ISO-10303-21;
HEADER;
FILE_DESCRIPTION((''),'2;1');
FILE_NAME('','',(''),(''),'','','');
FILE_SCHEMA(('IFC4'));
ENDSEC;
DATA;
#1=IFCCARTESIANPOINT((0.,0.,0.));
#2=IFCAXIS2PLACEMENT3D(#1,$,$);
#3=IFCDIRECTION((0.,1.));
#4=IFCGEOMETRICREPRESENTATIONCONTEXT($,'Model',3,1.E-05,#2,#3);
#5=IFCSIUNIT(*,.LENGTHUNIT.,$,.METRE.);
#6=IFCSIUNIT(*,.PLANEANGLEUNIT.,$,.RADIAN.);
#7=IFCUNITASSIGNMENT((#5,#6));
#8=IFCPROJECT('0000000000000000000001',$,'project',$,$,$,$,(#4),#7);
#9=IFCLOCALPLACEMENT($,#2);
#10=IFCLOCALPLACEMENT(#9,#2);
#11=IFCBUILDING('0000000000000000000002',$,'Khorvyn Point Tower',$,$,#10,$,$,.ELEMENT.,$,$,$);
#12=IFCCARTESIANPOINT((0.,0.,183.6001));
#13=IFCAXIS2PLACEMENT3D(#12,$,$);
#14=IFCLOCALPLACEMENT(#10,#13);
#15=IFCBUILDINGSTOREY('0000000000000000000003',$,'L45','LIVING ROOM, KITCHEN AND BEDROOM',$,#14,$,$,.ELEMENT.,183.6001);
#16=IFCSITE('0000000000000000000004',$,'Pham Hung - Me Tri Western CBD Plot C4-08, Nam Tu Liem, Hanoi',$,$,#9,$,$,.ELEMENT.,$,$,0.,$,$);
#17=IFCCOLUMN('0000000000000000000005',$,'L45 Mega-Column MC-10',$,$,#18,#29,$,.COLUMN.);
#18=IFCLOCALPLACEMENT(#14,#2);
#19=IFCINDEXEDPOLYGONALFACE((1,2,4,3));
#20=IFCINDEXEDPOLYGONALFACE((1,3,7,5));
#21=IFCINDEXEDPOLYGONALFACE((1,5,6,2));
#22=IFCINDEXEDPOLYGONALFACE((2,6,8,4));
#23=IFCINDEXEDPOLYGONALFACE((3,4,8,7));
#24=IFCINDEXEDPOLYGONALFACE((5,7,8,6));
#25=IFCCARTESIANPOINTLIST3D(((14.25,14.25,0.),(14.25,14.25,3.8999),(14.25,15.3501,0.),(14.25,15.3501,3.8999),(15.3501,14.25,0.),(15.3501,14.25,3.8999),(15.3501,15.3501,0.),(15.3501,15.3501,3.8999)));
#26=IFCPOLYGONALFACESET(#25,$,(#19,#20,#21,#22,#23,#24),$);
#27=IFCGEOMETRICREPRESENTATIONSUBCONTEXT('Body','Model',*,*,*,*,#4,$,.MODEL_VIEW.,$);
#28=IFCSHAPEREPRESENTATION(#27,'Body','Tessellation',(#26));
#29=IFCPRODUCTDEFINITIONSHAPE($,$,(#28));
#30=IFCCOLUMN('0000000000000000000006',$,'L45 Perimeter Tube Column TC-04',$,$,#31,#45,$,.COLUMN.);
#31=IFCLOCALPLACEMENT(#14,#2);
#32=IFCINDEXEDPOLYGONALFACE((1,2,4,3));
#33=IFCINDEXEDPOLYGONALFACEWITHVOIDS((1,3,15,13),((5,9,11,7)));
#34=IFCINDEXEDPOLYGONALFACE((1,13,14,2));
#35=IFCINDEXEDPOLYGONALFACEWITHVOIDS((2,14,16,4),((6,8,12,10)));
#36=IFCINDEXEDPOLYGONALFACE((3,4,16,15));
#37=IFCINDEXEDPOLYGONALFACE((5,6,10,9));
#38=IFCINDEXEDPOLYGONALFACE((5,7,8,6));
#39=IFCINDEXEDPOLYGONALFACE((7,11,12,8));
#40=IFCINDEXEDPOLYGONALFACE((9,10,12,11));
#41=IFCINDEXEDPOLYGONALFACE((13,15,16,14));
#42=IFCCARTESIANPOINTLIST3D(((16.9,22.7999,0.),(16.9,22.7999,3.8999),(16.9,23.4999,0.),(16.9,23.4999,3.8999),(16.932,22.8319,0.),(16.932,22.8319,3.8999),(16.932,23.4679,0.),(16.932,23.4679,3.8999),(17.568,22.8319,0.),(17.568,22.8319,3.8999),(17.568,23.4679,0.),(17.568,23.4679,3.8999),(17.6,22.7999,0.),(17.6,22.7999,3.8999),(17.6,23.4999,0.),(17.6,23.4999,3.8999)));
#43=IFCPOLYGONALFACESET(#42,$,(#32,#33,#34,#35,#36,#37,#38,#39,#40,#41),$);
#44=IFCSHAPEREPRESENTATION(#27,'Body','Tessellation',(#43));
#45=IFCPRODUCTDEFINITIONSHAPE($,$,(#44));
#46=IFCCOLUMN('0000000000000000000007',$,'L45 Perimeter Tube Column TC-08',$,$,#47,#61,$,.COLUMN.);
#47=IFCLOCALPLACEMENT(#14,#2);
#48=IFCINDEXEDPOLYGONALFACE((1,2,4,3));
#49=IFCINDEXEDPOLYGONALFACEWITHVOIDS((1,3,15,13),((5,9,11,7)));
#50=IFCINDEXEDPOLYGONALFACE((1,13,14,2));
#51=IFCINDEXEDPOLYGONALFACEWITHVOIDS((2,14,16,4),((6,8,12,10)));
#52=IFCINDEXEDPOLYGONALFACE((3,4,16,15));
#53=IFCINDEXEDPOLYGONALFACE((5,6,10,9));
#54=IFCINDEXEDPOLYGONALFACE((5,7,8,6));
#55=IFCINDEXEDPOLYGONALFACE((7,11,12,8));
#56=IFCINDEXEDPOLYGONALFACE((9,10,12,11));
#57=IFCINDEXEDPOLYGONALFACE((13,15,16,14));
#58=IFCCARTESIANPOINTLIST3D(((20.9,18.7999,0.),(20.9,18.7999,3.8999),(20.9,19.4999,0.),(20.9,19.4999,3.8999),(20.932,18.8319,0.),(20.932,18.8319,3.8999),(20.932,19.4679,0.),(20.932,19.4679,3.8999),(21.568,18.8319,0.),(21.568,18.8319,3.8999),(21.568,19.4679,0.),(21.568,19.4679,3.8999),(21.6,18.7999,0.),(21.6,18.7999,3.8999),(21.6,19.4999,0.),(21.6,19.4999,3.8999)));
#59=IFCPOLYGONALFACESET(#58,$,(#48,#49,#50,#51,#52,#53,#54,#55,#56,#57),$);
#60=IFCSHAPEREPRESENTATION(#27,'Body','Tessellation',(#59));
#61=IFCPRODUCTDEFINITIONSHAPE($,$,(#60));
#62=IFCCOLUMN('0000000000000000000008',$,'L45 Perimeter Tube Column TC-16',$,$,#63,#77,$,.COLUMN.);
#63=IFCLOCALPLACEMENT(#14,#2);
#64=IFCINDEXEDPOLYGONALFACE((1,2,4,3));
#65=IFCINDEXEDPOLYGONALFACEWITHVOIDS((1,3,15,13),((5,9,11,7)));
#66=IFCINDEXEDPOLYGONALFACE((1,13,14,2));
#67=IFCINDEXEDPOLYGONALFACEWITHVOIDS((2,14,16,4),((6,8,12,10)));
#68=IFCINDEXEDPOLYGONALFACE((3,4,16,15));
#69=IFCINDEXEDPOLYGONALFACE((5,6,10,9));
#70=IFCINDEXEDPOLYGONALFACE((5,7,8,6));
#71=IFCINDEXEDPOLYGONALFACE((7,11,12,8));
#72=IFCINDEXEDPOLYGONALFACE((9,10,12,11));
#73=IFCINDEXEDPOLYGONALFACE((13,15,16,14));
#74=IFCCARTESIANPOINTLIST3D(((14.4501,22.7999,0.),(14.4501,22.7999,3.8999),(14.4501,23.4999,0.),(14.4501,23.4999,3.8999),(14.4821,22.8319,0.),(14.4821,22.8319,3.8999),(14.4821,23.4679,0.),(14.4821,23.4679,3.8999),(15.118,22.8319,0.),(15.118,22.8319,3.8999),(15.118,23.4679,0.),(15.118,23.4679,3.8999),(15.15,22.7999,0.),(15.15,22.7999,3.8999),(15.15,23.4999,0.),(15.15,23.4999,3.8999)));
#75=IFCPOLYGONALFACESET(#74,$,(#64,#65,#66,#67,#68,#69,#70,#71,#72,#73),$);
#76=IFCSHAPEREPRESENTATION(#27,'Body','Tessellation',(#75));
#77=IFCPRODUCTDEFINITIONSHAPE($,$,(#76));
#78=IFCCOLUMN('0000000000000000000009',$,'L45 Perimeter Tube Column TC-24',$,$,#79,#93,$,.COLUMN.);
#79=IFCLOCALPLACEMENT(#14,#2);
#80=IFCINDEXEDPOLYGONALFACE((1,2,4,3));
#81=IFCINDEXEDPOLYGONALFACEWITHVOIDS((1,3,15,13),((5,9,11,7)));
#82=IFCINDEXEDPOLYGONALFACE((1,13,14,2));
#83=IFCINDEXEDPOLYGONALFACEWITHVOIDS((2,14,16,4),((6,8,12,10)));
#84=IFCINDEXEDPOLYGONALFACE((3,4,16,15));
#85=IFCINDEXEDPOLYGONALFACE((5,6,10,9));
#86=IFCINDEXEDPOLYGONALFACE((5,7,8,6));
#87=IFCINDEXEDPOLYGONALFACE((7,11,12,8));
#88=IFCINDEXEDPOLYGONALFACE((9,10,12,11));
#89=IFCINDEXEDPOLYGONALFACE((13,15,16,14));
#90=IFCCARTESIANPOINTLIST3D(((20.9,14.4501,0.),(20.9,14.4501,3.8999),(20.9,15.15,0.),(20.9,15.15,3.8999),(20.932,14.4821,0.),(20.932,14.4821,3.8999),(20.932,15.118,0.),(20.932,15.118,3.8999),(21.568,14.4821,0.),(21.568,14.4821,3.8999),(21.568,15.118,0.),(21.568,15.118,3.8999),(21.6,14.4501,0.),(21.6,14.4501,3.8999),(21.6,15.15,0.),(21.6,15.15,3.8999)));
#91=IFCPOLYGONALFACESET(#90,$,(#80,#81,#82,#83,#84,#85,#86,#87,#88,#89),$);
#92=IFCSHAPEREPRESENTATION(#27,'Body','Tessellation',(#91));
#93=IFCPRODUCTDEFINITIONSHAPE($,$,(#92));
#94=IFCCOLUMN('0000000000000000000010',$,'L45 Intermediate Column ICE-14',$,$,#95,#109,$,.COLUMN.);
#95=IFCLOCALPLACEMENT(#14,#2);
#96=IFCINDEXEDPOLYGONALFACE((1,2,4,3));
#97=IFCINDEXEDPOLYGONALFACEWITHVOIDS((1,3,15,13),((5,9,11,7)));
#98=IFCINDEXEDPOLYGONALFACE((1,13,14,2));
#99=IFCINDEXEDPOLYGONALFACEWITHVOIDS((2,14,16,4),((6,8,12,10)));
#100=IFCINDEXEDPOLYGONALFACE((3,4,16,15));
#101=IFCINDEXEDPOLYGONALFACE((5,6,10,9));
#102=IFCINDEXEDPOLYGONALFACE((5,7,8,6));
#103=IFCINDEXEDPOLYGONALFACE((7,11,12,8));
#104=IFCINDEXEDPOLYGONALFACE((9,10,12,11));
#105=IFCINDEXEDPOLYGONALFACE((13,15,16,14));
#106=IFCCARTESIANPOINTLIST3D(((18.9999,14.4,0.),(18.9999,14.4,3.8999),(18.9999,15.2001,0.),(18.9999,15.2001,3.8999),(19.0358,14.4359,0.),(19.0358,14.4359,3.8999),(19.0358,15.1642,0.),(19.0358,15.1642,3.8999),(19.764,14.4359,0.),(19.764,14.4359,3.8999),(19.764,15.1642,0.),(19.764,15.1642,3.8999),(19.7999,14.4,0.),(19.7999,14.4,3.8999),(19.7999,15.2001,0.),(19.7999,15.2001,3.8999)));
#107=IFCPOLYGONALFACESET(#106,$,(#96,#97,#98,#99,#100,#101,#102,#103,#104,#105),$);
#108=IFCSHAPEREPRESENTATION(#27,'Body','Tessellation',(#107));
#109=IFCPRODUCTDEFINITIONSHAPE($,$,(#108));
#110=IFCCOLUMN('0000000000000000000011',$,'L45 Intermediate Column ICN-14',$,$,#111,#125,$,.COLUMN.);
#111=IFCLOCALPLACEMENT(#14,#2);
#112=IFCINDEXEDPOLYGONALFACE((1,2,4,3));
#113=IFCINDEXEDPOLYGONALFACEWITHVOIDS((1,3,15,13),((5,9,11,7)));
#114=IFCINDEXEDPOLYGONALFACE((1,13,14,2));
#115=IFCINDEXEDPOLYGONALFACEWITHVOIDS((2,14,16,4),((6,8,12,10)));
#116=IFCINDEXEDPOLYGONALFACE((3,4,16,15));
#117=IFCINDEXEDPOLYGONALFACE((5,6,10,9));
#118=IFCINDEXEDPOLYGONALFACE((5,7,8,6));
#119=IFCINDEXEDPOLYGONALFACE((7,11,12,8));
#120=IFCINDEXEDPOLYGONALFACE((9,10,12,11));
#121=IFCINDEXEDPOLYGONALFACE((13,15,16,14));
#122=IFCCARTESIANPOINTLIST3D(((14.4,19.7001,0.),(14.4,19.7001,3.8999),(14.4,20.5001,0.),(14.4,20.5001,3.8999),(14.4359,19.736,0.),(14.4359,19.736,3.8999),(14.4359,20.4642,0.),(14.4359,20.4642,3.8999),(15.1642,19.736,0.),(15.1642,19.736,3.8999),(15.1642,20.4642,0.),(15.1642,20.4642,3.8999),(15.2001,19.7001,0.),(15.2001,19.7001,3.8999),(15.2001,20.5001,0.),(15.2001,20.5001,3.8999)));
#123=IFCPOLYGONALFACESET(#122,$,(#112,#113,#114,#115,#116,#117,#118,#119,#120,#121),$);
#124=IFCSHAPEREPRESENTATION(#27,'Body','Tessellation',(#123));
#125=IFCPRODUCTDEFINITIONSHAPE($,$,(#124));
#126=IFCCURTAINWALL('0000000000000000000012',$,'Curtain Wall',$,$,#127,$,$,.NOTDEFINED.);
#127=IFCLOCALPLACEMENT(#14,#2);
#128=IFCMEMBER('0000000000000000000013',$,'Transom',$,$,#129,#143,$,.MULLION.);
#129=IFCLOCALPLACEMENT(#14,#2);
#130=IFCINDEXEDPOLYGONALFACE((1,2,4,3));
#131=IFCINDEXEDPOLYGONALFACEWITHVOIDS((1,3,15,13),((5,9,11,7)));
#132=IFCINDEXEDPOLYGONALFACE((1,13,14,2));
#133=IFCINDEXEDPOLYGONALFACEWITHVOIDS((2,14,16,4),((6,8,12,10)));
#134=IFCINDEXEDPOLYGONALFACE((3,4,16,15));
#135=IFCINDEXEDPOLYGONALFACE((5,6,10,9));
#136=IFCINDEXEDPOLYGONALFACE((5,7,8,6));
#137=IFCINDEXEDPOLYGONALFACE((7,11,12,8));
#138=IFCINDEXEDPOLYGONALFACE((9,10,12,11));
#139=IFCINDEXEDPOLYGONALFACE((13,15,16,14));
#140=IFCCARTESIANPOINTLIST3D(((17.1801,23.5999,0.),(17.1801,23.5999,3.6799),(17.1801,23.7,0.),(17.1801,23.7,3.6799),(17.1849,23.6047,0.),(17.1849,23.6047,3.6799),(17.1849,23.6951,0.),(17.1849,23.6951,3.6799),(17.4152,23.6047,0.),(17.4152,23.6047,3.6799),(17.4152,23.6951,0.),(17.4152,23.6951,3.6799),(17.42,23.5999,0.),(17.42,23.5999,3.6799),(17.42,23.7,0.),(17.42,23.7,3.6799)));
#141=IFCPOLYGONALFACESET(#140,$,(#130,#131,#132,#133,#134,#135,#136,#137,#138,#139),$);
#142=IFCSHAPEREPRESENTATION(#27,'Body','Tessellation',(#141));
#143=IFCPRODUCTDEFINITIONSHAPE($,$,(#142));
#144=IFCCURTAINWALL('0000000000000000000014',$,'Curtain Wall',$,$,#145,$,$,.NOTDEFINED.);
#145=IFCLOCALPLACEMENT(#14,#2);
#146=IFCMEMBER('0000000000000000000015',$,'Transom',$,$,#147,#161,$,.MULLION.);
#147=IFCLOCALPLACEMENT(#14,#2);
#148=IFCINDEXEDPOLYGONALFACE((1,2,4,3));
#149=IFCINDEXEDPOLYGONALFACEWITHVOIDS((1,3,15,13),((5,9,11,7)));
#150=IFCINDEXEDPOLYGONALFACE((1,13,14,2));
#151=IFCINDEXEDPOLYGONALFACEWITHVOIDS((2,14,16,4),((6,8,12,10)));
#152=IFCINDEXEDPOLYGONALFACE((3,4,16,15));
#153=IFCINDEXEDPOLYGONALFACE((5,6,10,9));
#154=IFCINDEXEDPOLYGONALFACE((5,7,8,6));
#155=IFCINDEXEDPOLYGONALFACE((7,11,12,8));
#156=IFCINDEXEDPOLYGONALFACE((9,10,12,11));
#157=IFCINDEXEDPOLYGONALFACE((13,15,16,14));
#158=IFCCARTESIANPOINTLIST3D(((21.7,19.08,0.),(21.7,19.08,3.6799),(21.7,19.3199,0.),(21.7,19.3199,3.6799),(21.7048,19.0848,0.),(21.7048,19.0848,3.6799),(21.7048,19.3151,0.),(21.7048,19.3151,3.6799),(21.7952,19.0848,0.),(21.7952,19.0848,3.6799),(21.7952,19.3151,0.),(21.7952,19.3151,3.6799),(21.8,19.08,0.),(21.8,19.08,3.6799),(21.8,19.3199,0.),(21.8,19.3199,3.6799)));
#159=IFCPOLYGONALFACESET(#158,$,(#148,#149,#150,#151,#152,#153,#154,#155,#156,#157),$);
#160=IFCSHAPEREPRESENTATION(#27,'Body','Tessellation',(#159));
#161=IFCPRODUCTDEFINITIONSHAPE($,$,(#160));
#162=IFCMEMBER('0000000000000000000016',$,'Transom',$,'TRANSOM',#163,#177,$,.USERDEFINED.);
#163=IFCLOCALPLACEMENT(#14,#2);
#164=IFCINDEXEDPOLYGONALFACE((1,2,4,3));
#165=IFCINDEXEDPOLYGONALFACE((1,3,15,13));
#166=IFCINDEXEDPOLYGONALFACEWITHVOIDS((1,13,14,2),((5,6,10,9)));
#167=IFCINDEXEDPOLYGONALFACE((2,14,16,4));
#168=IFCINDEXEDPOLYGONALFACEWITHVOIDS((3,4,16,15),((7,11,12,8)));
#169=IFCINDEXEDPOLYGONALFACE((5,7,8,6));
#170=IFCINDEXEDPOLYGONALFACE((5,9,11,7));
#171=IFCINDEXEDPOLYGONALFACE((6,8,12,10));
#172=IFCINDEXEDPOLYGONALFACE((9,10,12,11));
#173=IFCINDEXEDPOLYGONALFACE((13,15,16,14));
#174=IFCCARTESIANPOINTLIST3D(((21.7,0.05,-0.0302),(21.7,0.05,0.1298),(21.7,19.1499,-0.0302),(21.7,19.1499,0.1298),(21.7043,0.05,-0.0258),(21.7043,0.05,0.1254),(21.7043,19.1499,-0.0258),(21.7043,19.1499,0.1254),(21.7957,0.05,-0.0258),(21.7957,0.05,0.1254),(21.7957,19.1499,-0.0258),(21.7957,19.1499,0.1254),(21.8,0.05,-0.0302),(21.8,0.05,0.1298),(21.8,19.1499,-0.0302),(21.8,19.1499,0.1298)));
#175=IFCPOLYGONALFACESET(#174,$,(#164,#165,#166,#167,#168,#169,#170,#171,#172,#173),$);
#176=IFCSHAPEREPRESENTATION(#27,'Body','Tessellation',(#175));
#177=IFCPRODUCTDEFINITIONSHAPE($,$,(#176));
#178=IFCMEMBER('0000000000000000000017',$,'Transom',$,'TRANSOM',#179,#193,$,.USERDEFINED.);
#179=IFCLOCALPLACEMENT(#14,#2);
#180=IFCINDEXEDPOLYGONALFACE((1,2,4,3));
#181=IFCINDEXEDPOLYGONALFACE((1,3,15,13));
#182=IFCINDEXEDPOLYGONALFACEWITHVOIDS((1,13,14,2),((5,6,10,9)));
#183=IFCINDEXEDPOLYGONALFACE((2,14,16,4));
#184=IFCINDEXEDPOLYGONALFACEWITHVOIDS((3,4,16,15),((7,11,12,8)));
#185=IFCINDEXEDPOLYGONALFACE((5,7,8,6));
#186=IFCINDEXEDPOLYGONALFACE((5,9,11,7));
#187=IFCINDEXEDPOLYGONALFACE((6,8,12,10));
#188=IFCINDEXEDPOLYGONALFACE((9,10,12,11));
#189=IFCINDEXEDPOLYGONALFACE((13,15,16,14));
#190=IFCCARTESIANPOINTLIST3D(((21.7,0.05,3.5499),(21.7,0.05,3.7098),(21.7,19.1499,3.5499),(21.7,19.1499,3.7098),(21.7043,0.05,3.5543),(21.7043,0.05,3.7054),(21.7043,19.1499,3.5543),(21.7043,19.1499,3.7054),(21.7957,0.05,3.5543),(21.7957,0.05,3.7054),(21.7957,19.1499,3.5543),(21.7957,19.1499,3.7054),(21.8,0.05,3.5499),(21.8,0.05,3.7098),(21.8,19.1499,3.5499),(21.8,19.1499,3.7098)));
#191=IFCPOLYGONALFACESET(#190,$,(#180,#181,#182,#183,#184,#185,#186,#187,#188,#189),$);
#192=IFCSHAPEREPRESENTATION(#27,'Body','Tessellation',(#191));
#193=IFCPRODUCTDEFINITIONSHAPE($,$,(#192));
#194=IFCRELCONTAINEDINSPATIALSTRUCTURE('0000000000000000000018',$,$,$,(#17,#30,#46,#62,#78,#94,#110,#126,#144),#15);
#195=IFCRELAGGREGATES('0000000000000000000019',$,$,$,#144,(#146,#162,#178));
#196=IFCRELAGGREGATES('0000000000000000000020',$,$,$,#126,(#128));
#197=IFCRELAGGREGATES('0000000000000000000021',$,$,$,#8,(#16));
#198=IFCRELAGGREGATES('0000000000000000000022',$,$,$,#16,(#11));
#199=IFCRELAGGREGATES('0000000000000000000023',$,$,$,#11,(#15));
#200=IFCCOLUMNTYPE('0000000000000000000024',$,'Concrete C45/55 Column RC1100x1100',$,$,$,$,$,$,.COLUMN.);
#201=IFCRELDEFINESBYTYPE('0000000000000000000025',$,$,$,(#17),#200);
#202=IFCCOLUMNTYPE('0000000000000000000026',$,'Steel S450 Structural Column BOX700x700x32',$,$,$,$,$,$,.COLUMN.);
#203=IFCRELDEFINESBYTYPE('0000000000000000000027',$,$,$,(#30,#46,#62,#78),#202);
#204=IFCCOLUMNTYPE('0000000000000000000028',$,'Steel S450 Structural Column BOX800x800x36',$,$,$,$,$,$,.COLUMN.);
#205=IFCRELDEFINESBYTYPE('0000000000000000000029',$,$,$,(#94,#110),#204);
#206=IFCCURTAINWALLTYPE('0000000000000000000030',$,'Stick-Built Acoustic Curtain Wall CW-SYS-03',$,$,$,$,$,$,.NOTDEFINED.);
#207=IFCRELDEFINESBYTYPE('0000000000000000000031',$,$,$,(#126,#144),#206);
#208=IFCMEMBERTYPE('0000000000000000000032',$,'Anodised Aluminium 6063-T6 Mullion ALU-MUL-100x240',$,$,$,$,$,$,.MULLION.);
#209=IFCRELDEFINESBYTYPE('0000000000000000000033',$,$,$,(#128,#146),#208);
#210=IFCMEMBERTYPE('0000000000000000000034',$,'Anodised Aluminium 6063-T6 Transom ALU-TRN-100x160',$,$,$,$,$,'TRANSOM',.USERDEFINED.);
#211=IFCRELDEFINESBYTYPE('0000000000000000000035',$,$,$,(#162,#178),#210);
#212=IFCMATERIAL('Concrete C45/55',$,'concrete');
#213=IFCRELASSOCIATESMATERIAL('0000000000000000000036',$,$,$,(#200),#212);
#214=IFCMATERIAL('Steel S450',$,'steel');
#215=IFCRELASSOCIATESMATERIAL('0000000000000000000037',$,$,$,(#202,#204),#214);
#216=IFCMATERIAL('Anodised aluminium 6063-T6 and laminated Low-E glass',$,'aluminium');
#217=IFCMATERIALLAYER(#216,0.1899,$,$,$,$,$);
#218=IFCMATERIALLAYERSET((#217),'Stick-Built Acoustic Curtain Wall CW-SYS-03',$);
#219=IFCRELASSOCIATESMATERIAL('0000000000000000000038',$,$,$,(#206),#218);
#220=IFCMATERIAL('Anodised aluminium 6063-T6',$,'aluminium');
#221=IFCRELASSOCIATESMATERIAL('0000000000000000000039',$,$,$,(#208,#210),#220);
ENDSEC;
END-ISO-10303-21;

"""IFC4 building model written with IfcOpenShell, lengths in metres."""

from ifc_helpers import new_model, si_unit, direction, frame, origin, origin_2d, place, context, subcontext, project, spatial, rectangle, hollow_rectangle, extrude, material, layer, layer_set, material_profile, profile_set, type_object, element, aggregate, save


model = new_model("IFC4")

# Units and contexts
model_context = context("Model", 3, precision=1e-05, world=origin(), true_north=direction((0.0, 1.0)))
body_context = subcontext(model_context, "Body", "Model", "MODEL_VIEW")
ifc_project = project(units=[si_unit("LENGTHUNIT", "METRE"), si_unit("PLANEANGLEUNIT", "RADIAN")], contexts=[model_context])

# Site, building, storey
site_placement = place(None, origin())
site = spatial("IfcSite", under=ifc_project, at=site_placement, Name="Pham Hung - Me Tri Western CBD Plot C4-08, Nam Tu Liem, Hanoi", CompositionType="ELEMENT", RefElevation=0.0)
building_placement = place(site_placement, origin())
building = spatial("IfcBuilding", under=site, at=building_placement, Name="Khorvyn Point Tower", CompositionType="ELEMENT")
storey_placement = place(building_placement, frame((0.0, 0.0, 183.6001)))
storey = spatial("IfcBuildingStorey", under=building, at=storey_placement, Name="L45", Description="LIVING ROOM, KITCHEN AND BEDROOM", CompositionType="ELEMENT", Elevation=183.6001)

# Columns
ifc_material_1 = material(Name="Concrete C45/55", Category="concrete")
ifc_material_profile_1 = material_profile(ifc_material_1, rectangle(XDim=1.1001, YDim=1.1001, at=origin_2d()))
ifc_profile_set_1 = profile_set([ifc_material_profile_1], Name="Concrete C45/55 RC1100x1100")
column_type_1 = type_object("IfcColumnType", Name="Concrete C45/55 Column RC1100x1100", PredefinedType="COLUMN", material=ifc_profile_set_1)
column_placement = place(storey_placement, frame((14.8, 14.8, 0.0), z_axis=(0.0, 0.0, 1.0), x_axis=(1.0, 0.0, 0.0)))
element("IfcColumn", 1, at=column_placement, inside=storey, type_object=column_type_1, Name="L45 Mega-Column MC-10", PredefinedType="COLUMN", context=body_context, shape_type="SweptSolid", body=[
    extrude(rectangle(XDim=1.1001, YDim=1.1001, at=origin_2d()), origin(), (0.0, 0.0, 1.0), 3.8999),
])
ifc_material_2 = material(Name="Steel S450", Category="steel")
ifc_material_profile_2 = material_profile(ifc_material_2, hollow_rectangle(XDim=0.7, YDim=0.7, WallThickness=0.032, at=origin_2d()))
ifc_profile_set_2 = profile_set([ifc_material_profile_2], Name="Steel S450 BOX700x700x32")
column_type_2 = type_object("IfcColumnType", Name="Steel S450 Structural Column BOX700x700x32", PredefinedType="COLUMN", material=ifc_profile_set_2)
for number, where, z_axis, x_axis, name in (
    (2, (17.25, 23.1499, 0.0), (0.0, 0.0, 1.0), (1.0, 0.0, 0.0), "L45 Perimeter Tube Column TC-04"),
    (3, (21.25, 19.1499, 0.0), (0.0, 0.0, 1.0), (1.0, 0.0, 0.0), "L45 Perimeter Tube Column TC-08"),
    (4, (14.8, 23.1499, 0.0), (0.0, 0.0, 1.0), (1.0, 0.0, 0.0), "L45 Perimeter Tube Column TC-16"),
    (5, (21.25, 14.8, 0.0), (0.0, 0.0, 1.0), (1.0, 0.0, 0.0), "L45 Perimeter Tube Column TC-24"),
):
    element("IfcColumn", number, at=place(storey_placement, frame(where, z_axis=z_axis, x_axis=x_axis)), inside=storey, type_object=column_type_2, Name=name, PredefinedType="COLUMN", context=body_context, shape_type="SweptSolid", body=[
        extrude(hollow_rectangle(XDim=0.7, YDim=0.7, WallThickness=0.032, at=origin_2d()), origin(), (0.0, 0.0, 1.0), 3.8999),
    ])
ifc_material_profile_3 = material_profile(ifc_material_2, hollow_rectangle(XDim=0.8, YDim=0.8, WallThickness=0.0359, at=origin_2d()))
ifc_profile_set_3 = profile_set([ifc_material_profile_3], Name="Steel S450 BOX800x800x36")
column_type_3 = type_object("IfcColumnType", Name="Steel S450 Structural Column BOX800x800x36", PredefinedType="COLUMN", material=ifc_profile_set_3)
for number, where, z_axis, x_axis, name in (
    (6, (19.3999, 14.8, 0.0), (0.0, 0.0, 1.0), (1.0, 0.0, 0.0), "L45 Intermediate Column ICE-14"),
    (7, (14.8, 20.1001, 0.0), (0.0, 0.0, 1.0), (1.0, 0.0, 0.0), "L45 Intermediate Column ICN-14"),
):
    element("IfcColumn", number, at=place(storey_placement, frame(where, z_axis=z_axis, x_axis=x_axis)), inside=storey, type_object=column_type_3, Name=name, PredefinedType="COLUMN", context=body_context, shape_type="SweptSolid", body=[
        extrude(hollow_rectangle(XDim=0.8, YDim=0.8, WallThickness=0.0359, at=origin_2d()), origin(), (0.0, 0.0, 1.0), 3.8999),
    ])

# Curtain wall, member
ifc_material_3 = material(Name="Anodised aluminium 6063-T6 and laminated Low-E glass", Category="aluminium")
ifc_layer_1 = layer(ifc_material_3, 0.1899)
ifc_layer_set_1 = layer_set([ifc_layer_1], Name="Stick-Built Acoustic Curtain Wall CW-SYS-03")
curtain_wall_type = type_object("IfcCurtainWallType", Name="Stick-Built Acoustic Curtain Wall CW-SYS-03", PredefinedType="NOTDEFINED", material=ifc_layer_set_1)
curtain_wall_1_placement = place(storey_placement, origin())
curtain_wall_1 = element("IfcCurtainWall", 8, at=curtain_wall_1_placement, inside=storey, type_object=curtain_wall_type, Name="Curtain Wall", PredefinedType="NOTDEFINED")
ifc_material_4 = material(Name="Anodised aluminium 6063-T6", Category="aluminium")
ifc_material_profile_4 = material_profile(ifc_material_4, hollow_rectangle(XDim=0.1001, YDim=0.24, WallThickness=0.0049, at=origin_2d()))
ifc_profile_set_4 = profile_set([ifc_material_profile_4], Name="Anodised aluminium 6063-T6 ALU-MUL-100x240")
member_type_1 = type_object("IfcMemberType", Name="Anodised Aluminium 6063-T6 Mullion ALU-MUL-100x240", PredefinedType="MULLION", material=ifc_profile_set_4)
member_1_placement = place(storey_placement, frame((17.3, 23.6499, 0.0), z_axis=(0.0, 0.0, 1.0), x_axis=(0.0, 1.0, 0.0)))
member_1 = element("IfcMember", 9, at=member_1_placement, type_object=member_type_1, Name="Transom", PredefinedType="MULLION", context=body_context, shape_type="SweptSolid", body=[
    extrude(hollow_rectangle(XDim=0.1001, YDim=0.24, WallThickness=0.0049, at=origin_2d()), origin(), (0.0, 0.0, 1.0), 3.6799),
])

# Curtain wall, members
curtain_wall_2_placement = place(storey_placement, origin())
curtain_wall_2 = element("IfcCurtainWall", 10, at=curtain_wall_2_placement, inside=storey, type_object=curtain_wall_type, Name="Curtain Wall", PredefinedType="NOTDEFINED")
member_2_placement = place(storey_placement, frame((21.75, 19.2, 0.0), z_axis=(0.0, 0.0, 1.0), x_axis=(1.0, 0.0, 0.0)))
member_2 = element("IfcMember", 11, at=member_2_placement, type_object=member_type_1, Name="Transom", PredefinedType="MULLION", context=body_context, shape_type="SweptSolid", body=[
    extrude(hollow_rectangle(XDim=0.1001, YDim=0.24, WallThickness=0.0049, at=origin_2d()), origin(), (0.0, 0.0, 1.0), 3.6799),
])
ifc_material_profile_5 = material_profile(ifc_material_4, hollow_rectangle(XDim=0.1001, YDim=0.1599, WallThickness=0.0044, at=origin_2d()))
ifc_profile_set_5 = profile_set([ifc_material_profile_5], Name="Anodised aluminium 6063-T6 ALU-TRN-100x160")
member_type_2 = type_object("IfcMemberType", Name="Anodised Aluminium 6063-T6 Transom ALU-TRN-100x160", ElementType="TRANSOM", PredefinedType="USERDEFINED", material=ifc_profile_set_5)
member_3_placement = place(storey_placement, frame((21.75, 19.1499, 0.0498), z_axis=(0.0, -1.0, 0.0), x_axis=(1.0, 0.0, 0.0)))
member_3 = element("IfcMember", 12, at=member_3_placement, type_object=member_type_2, Name="Transom", ObjectType="TRANSOM", PredefinedType="USERDEFINED", context=body_context, shape_type="SweptSolid", body=[
    extrude(hollow_rectangle(XDim=0.1001, YDim=0.1599, WallThickness=0.0044, at=origin_2d()), origin(), (0.0, 0.0, 1.0), 19.0999),
])
member_4_placement = place(storey_placement, frame((21.75, 19.1499, 3.6299), z_axis=(0.0, -1.0, 0.0), x_axis=(1.0, 0.0, 0.0)))
member_4 = element("IfcMember", 13, at=member_4_placement, type_object=member_type_2, Name="Transom", ObjectType="TRANSOM", PredefinedType="USERDEFINED", context=body_context, shape_type="SweptSolid", body=[
    extrude(hollow_rectangle(XDim=0.1001, YDim=0.1599, WallThickness=0.0044, at=origin_2d()), origin(), (0.0, 0.0, 1.0), 19.0999),
])
aggregate(curtain_wall_2, [member_2, member_3, member_4])

aggregate(curtain_wall_1, [member_1])

save(model, "model.ifc")
